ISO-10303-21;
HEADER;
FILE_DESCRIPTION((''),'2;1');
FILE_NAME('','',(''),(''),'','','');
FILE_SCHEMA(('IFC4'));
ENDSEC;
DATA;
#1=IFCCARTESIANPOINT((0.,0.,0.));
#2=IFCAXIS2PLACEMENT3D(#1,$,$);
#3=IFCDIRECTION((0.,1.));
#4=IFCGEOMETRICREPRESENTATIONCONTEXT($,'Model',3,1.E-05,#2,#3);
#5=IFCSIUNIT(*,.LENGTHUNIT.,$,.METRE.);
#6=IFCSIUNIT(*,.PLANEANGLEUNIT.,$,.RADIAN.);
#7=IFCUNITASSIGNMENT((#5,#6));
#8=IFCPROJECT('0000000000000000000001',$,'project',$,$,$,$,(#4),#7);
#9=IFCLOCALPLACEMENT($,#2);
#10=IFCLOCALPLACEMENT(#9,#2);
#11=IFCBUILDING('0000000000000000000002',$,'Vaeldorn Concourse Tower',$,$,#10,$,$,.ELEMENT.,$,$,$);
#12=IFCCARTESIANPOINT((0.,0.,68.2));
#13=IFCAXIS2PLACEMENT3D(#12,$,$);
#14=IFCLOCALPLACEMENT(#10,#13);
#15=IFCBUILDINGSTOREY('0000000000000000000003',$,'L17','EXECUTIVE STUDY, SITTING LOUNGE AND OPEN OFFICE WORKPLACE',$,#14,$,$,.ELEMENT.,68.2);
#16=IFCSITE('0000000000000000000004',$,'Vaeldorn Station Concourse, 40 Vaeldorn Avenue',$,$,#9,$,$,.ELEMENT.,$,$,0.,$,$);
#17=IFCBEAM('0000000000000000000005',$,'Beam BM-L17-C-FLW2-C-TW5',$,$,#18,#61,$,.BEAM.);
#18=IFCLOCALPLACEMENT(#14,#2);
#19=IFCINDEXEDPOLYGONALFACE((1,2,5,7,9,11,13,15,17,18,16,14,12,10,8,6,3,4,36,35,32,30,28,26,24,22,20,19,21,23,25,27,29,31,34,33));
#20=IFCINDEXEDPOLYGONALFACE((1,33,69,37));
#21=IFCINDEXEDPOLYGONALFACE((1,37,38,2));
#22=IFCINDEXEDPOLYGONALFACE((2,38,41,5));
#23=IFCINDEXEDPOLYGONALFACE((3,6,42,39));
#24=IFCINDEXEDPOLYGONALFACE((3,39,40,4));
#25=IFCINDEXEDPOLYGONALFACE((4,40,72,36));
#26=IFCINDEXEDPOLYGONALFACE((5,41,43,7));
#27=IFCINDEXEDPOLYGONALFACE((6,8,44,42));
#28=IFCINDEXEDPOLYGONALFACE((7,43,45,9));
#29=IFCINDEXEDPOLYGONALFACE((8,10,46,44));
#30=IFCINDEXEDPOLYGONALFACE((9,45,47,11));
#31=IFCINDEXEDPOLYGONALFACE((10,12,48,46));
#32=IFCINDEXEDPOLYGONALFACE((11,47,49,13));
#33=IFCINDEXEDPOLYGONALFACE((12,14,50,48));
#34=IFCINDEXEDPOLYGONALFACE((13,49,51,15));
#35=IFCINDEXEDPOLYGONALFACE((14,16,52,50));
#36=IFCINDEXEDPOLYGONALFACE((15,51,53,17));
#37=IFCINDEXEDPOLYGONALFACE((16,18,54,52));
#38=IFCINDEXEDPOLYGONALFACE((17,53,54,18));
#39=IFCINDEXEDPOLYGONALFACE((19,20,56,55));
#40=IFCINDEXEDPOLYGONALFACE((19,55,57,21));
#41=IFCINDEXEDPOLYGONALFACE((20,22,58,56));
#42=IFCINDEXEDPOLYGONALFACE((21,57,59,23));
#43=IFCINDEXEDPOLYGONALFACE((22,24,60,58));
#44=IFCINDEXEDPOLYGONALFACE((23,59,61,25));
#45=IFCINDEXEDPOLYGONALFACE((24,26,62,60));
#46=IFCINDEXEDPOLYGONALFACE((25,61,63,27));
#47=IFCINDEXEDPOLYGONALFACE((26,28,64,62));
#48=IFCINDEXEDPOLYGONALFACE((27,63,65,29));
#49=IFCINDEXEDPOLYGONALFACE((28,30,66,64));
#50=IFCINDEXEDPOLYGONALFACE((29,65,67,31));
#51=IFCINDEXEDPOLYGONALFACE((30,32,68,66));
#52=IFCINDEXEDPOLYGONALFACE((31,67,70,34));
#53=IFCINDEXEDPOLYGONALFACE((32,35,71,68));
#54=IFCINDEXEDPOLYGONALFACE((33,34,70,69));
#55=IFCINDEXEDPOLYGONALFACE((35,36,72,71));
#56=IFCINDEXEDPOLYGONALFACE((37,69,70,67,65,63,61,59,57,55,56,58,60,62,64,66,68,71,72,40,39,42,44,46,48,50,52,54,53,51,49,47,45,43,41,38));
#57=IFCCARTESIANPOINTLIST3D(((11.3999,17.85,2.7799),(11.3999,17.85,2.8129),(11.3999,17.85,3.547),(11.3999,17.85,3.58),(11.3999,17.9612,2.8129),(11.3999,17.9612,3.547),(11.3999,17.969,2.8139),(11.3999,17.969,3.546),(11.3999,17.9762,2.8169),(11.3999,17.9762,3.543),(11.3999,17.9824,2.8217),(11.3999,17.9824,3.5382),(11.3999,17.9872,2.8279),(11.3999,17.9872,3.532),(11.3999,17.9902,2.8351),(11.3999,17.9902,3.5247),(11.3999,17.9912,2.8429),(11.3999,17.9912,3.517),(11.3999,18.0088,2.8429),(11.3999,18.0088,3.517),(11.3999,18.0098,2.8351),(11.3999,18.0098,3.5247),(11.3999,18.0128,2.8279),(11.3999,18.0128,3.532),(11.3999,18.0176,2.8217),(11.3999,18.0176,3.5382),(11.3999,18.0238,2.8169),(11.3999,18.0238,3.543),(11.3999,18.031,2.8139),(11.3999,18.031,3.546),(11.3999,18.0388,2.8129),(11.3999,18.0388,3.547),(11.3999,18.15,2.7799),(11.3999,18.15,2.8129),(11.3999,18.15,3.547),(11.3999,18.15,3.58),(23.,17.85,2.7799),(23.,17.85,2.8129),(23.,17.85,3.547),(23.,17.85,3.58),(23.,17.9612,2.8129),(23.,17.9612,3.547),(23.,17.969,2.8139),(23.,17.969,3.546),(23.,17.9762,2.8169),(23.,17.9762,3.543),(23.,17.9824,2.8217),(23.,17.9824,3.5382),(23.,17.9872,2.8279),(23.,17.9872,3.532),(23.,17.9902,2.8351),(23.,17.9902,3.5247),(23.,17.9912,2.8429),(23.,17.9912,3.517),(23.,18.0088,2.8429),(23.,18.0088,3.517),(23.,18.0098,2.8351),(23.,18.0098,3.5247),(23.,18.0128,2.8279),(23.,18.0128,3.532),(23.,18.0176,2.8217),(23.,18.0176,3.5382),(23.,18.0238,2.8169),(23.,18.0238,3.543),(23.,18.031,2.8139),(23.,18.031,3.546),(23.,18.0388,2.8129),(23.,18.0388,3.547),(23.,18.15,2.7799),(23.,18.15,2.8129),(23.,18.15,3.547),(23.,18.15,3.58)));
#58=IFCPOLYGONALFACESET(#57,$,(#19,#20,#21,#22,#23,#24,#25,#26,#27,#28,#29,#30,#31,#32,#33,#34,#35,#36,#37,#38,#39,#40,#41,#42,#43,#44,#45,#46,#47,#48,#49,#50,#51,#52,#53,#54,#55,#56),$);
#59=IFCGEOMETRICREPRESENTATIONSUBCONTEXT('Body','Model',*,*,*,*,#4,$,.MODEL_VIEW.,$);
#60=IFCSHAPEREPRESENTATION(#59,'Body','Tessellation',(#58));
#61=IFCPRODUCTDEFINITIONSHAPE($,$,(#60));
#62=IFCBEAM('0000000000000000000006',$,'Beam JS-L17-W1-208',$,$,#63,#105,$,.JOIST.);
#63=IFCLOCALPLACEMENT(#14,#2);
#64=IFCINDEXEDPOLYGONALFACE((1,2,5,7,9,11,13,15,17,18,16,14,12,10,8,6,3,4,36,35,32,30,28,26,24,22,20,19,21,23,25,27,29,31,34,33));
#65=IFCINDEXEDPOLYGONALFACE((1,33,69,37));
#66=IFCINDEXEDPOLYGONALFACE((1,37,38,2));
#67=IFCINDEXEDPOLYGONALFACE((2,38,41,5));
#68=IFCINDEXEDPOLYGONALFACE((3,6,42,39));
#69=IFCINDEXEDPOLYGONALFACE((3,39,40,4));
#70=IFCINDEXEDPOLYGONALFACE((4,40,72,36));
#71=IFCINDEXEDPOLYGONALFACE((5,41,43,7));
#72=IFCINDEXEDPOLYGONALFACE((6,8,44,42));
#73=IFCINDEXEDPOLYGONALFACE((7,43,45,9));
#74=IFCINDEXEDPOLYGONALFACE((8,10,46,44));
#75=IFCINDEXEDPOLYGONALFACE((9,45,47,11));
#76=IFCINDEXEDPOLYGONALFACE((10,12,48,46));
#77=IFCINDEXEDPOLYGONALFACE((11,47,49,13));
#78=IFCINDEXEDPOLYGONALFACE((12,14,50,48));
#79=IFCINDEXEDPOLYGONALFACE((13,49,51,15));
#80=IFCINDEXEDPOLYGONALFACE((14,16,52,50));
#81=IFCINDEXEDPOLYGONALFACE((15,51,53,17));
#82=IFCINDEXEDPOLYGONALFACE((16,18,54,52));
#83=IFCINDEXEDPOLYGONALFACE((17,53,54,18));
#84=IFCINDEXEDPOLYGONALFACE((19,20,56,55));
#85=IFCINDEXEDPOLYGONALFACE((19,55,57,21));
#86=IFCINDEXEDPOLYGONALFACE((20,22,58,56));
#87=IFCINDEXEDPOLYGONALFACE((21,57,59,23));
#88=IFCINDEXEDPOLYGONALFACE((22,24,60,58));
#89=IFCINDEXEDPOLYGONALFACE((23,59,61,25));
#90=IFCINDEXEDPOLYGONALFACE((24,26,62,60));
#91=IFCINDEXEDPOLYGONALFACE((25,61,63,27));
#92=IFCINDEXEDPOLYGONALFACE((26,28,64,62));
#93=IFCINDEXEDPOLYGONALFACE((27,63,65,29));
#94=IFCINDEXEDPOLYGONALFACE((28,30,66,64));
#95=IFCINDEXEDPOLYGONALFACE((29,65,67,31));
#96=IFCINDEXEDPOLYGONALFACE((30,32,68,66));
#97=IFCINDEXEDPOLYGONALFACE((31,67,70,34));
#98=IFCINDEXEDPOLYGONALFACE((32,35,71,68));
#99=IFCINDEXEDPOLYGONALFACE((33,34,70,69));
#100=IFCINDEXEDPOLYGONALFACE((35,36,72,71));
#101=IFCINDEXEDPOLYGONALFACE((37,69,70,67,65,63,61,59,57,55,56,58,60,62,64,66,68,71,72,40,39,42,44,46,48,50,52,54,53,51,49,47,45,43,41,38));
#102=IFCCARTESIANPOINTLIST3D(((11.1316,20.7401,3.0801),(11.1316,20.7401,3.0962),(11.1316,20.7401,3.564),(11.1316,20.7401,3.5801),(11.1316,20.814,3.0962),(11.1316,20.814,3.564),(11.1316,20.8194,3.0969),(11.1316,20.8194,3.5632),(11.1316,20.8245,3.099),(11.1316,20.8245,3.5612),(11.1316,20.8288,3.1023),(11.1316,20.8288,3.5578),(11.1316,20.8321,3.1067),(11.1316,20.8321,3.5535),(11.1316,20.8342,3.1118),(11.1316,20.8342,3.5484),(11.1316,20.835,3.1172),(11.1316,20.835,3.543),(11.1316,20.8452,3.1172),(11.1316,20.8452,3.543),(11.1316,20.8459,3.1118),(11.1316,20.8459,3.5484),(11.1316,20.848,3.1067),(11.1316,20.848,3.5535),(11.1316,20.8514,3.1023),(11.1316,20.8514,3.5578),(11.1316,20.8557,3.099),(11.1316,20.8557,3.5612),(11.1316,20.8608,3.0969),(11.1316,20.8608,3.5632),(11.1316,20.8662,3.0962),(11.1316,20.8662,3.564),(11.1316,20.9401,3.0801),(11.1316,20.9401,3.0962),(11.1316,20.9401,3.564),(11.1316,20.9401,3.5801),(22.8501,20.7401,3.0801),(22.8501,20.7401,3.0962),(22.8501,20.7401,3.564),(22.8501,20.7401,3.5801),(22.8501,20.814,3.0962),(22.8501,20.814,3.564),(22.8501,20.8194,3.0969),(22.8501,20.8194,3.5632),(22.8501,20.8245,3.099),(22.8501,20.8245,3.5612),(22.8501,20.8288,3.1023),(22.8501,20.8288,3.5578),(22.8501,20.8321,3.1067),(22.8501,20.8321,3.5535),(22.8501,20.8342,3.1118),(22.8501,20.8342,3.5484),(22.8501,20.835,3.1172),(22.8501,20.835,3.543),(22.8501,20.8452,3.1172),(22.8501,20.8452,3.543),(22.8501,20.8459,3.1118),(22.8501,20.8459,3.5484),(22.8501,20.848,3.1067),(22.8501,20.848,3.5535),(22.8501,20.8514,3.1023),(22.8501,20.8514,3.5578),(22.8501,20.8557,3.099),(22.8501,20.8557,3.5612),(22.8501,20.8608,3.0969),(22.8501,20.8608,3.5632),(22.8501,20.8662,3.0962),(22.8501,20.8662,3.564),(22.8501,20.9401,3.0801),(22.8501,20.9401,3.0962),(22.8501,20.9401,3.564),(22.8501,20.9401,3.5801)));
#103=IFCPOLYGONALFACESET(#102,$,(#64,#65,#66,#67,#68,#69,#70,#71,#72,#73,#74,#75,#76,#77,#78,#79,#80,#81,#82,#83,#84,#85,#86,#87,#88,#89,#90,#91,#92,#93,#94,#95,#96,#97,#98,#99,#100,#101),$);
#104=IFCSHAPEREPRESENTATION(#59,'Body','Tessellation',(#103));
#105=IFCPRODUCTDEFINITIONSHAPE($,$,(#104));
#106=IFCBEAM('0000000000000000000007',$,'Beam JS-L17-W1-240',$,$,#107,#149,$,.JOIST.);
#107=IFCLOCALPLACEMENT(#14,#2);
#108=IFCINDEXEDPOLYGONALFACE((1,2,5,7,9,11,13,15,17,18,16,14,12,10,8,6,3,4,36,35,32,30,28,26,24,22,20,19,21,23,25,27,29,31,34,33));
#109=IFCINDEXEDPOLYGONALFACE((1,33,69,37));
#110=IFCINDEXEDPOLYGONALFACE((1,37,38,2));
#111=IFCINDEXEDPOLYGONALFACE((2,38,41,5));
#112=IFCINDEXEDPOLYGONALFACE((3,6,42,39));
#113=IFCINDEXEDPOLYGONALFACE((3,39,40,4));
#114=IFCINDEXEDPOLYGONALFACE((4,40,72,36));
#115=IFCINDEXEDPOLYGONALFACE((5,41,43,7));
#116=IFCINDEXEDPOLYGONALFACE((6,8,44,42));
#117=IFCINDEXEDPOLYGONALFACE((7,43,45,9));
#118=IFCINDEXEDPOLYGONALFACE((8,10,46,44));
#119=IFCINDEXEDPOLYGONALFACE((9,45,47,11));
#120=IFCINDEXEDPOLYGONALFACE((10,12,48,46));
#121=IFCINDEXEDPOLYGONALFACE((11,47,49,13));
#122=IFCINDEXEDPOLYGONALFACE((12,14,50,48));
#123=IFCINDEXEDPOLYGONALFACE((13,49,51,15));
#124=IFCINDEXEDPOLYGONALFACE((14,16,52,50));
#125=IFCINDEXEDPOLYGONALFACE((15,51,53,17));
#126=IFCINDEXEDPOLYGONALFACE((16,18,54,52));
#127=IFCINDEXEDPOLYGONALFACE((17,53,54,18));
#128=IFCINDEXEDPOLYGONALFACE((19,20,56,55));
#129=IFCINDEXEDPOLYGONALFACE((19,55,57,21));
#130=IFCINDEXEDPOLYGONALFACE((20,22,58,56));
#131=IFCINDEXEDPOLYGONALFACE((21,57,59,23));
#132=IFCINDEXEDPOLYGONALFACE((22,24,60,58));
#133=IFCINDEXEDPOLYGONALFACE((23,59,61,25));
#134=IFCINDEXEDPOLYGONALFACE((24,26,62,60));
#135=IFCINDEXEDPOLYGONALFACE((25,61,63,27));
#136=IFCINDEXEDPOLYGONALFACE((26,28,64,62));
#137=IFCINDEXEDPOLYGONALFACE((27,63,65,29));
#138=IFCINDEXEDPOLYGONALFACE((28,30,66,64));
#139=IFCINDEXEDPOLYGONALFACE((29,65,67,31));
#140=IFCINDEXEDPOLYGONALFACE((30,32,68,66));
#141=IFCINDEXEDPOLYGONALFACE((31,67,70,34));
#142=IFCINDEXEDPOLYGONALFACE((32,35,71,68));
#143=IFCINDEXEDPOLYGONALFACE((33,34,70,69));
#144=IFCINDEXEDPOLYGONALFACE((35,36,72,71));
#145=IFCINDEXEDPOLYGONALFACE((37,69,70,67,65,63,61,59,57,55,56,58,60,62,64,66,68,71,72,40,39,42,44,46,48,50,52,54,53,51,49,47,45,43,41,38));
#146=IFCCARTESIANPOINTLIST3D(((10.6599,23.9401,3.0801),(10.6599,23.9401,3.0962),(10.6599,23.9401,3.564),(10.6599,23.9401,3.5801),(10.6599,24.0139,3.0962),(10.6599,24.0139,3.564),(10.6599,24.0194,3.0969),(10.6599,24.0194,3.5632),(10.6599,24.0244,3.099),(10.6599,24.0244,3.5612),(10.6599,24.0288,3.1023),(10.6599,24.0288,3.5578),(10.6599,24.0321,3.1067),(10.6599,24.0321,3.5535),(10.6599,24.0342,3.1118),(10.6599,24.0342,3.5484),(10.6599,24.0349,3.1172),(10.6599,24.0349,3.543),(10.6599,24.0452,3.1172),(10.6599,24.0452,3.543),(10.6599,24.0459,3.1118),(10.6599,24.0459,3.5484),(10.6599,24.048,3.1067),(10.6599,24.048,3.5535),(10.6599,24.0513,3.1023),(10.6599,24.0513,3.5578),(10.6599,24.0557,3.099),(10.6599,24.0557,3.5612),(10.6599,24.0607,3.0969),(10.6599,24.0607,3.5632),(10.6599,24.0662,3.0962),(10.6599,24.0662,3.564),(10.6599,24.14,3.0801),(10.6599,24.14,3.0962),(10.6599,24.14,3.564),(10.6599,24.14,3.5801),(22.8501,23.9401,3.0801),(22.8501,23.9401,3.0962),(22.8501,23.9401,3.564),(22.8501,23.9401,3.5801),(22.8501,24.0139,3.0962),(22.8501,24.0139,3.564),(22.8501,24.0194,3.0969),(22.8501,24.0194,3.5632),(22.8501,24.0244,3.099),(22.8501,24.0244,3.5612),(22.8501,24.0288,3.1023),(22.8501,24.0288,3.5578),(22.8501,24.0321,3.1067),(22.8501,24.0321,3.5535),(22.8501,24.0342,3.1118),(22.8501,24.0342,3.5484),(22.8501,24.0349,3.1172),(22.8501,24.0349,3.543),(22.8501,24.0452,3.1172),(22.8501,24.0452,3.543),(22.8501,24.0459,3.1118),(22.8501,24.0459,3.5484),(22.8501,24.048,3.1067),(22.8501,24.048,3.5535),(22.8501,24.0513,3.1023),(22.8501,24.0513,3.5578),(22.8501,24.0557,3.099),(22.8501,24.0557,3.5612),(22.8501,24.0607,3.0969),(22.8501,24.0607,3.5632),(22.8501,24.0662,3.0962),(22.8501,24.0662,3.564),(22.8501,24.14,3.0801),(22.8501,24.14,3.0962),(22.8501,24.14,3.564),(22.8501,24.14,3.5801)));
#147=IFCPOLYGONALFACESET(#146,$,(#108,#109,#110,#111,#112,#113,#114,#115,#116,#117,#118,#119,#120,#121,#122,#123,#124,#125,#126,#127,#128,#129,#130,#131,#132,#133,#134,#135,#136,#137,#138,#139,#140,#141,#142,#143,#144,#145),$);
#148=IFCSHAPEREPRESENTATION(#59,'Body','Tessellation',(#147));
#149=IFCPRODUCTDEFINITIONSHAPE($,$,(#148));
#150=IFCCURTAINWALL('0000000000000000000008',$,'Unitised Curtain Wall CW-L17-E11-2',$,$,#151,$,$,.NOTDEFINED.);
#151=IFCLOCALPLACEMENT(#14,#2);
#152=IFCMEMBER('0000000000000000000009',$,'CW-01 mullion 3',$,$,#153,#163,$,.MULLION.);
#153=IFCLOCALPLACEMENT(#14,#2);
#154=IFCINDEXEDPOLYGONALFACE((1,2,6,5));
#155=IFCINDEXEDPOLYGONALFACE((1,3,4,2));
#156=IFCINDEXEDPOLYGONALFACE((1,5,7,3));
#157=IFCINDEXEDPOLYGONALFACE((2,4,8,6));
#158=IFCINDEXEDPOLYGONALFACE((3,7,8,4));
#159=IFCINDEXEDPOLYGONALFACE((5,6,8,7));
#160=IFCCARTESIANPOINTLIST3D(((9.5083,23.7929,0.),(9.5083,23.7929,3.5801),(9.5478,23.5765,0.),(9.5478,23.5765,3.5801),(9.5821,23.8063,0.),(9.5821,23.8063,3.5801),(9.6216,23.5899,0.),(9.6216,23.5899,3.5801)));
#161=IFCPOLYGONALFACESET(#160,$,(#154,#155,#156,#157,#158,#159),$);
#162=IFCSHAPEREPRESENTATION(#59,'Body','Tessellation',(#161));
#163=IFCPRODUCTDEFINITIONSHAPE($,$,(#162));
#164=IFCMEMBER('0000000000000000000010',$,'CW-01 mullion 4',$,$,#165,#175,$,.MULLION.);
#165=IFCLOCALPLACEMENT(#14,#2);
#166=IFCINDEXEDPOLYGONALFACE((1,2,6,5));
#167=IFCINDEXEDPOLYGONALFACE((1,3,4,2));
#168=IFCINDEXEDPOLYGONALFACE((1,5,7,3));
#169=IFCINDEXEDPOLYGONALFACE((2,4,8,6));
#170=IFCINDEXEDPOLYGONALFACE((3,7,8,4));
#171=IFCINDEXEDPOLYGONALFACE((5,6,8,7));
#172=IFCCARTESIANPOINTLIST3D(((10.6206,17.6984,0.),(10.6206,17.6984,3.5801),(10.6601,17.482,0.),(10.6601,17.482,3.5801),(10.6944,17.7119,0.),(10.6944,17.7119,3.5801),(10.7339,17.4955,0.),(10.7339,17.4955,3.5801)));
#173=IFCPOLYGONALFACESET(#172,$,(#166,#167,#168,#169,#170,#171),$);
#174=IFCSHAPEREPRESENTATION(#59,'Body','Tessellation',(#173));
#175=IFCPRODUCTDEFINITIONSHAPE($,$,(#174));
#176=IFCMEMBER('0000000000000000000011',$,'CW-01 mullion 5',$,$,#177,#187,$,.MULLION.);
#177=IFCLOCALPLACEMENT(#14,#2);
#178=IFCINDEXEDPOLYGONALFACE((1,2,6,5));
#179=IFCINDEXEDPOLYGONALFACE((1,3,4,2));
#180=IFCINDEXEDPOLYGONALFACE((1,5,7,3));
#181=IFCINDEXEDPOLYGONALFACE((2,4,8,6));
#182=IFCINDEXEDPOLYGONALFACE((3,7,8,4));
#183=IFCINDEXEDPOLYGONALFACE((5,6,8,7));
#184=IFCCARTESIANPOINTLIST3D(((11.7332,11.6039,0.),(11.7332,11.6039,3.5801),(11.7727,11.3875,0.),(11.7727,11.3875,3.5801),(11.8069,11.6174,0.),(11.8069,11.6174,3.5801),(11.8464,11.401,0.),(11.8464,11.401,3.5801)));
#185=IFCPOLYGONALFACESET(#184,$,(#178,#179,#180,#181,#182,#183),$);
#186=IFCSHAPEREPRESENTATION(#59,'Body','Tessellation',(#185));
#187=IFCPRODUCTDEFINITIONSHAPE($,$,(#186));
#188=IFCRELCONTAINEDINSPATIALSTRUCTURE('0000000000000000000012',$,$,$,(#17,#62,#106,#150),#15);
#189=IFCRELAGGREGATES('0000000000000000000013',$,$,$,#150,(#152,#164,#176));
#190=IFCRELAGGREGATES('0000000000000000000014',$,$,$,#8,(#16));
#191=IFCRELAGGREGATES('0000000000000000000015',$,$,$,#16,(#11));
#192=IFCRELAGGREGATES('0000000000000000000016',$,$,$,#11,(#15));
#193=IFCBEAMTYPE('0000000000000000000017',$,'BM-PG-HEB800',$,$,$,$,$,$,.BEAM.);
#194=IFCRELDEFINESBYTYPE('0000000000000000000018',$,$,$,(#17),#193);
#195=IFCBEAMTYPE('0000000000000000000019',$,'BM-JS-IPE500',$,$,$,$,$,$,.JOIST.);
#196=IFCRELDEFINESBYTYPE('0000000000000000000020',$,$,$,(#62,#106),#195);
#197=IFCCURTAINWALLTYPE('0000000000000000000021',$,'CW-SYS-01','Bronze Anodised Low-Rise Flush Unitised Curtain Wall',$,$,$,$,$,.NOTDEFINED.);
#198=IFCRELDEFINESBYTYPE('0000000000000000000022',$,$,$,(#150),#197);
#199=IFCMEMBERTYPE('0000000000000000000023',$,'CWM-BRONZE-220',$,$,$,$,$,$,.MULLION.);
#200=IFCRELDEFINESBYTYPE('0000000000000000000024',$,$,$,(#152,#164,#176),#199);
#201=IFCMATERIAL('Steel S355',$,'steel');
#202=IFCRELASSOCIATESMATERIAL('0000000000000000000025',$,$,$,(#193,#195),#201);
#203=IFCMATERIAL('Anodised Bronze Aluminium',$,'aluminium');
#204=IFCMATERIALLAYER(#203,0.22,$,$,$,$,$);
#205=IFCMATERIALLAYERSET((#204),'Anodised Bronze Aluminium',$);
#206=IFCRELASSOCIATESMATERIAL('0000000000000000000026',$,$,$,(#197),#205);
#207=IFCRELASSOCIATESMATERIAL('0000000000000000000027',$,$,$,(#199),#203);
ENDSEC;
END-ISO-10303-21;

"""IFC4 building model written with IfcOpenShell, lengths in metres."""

from ifc_helpers import new_model, si_unit, direction, frame, origin, origin_2d, place, context, subcontext, project, spatial, rectangle, i_section, extrude, source, transform, mapped, material, layer, layer_set, material_profile, profile_set, type_object, element, aggregate, save


model = new_model("IFC4")

# Units and contexts
model_context = context("Model", 3, precision=1e-05, world=origin(), true_north=direction((0.0, 1.0)))
body_context = subcontext(model_context, "Body", "Model", "MODEL_VIEW")
ifc_project = project(units=[si_unit("LENGTHUNIT", "METRE"), si_unit("PLANEANGLEUNIT", "RADIAN")], contexts=[model_context])

# Site, building, storey
site_placement = place(None, origin())
site = spatial("IfcSite", under=ifc_project, at=site_placement, Name="Vaeldorn Station Concourse, 40 Vaeldorn Avenue", CompositionType="ELEMENT", RefElevation=0.0)
building_placement = place(site_placement, origin())
building = spatial("IfcBuilding", under=site, at=building_placement, Name="Vaeldorn Concourse Tower", CompositionType="ELEMENT")
storey_placement = place(building_placement, frame((0.0, 0.0, 68.2)))
storey = spatial("IfcBuildingStorey", under=building, at=storey_placement, Name="L17", Description="EXECUTIVE STUDY, SITTING LOUNGE AND OPEN OFFICE WORKPLACE", CompositionType="ELEMENT", Elevation=68.2)

# Beams
ifc_material_1 = material(Name="Steel S355", Category="steel")
ifc_material_profile_1 = material_profile(ifc_material_1, i_section(OverallWidth=0.3, OverallDepth=0.8, WebThickness=0.0176, FlangeThickness=0.033, FilletRadius=0.03, at=origin_2d()), Name="HEB 800")
ifc_profile_set_1 = profile_set([ifc_material_profile_1], Name="Steel S355")
beam_type_1 = type_object("IfcBeamType", Name="BM-PG-HEB800", PredefinedType="BEAM", material=ifc_profile_set_1)
shared_shape_1 = source(origin(), body_context, "Body", "SweptSolid", [
    extrude(i_section(OverallWidth=0.3, OverallDepth=0.8, WebThickness=0.0176, FlangeThickness=0.033, FilletRadius=0.03, at=origin_2d()), origin(), (0.0, 0.0, 1.0), 11.6001),
])
beam_1_placement = place(storey_placement, frame((11.3999, 18.0, 3.1799), z_axis=(1.0, 0.0, 0.0), x_axis=(0.0, 1.0, 0.0)))
element("IfcBeam", 1, at=beam_1_placement, inside=storey, type_object=beam_type_1, Name="Beam BM-L17-C-FLW2-C-TW5", PredefinedType="BEAM", context=body_context, shape_type="MappedRepresentation", body=[
    mapped(shared_shape_1, transform((0.0, 0.0, 0.0), scale=1.0)),
])
ifc_material_profile_2 = material_profile(ifc_material_1, i_section(OverallWidth=0.2, OverallDepth=0.5, WebThickness=0.0103, FlangeThickness=0.0161, FilletRadius=0.021, at=origin_2d()), Name="IPE 500")
ifc_profile_set_2 = profile_set([ifc_material_profile_2], Name="Steel S355")
beam_type_2 = type_object("IfcBeamType", Name="BM-JS-IPE500", PredefinedType="JOIST", material=ifc_profile_set_2)
shared_shape_2 = source(origin(), body_context, "Body", "SweptSolid", [
    extrude(i_section(OverallWidth=0.2, OverallDepth=0.5, WebThickness=0.0103, FlangeThickness=0.0161, FilletRadius=0.021, at=origin_2d()), origin(), (0.0, 0.0, 1.0), 11.7185),
])
beam_2_placement = place(storey_placement, frame((11.1316, 20.8401, 3.3301), z_axis=(1.0, 0.0, 0.0), x_axis=(0.0, 1.0, 0.0)))
element("IfcBeam", 2, at=beam_2_placement, inside=storey, type_object=beam_type_2, Name="Beam JS-L17-W1-208", PredefinedType="JOIST", context=body_context, shape_type="MappedRepresentation", body=[
    mapped(shared_shape_2, transform((0.0, 0.0, 0.0), scale=1.0)),
])
shared_shape_3 = source(origin(), body_context, "Body", "SweptSolid", [
    extrude(i_section(OverallWidth=0.2, OverallDepth=0.5, WebThickness=0.0103, FlangeThickness=0.0161, FilletRadius=0.021, at=origin_2d()), origin(), (0.0, 0.0, 1.0), 12.1902),
])
beam_3_placement = place(storey_placement, frame((10.6599, 24.04, 3.3301), z_axis=(1.0, 0.0, 0.0), x_axis=(0.0, 1.0, 0.0)))
element("IfcBeam", 3, at=beam_3_placement, inside=storey, type_object=beam_type_2, Name="Beam JS-L17-W1-240", PredefinedType="JOIST", context=body_context, shape_type="MappedRepresentation", body=[
    mapped(shared_shape_3, transform((0.0, 0.0, 0.0), scale=1.0)),
])

# Curtain wall, members
ifc_material_2 = material(Name="Anodised Bronze Aluminium", Category="aluminium")
ifc_layer_1 = layer(ifc_material_2, 0.22)
ifc_layer_set_1 = layer_set([ifc_layer_1], Name="Anodised Bronze Aluminium")
curtain_wall_type = type_object("IfcCurtainWallType", Name="CW-SYS-01", Description="Bronze Anodised Low-Rise Flush Unitised Curtain Wall", PredefinedType="NOTDEFINED", material=ifc_layer_set_1)
curtain_wall_placement = place(storey_placement, origin())
curtain_wall = element("IfcCurtainWall", 4, at=curtain_wall_placement, inside=storey, type_object=curtain_wall_type, Name="Unitised Curtain Wall CW-L17-E11-2", PredefinedType="NOTDEFINED")
ifc_material_profile_3 = material_profile(ifc_material_2, rectangle(XDim=0.075, YDim=0.22, at=origin_2d()), Name="CWM 75x220")
ifc_profile_set_3 = profile_set([ifc_material_profile_3], Name="Anodised Bronze Aluminium")
member_type_1 = type_object("IfcMemberType", Name="CWM-BRONZE-220", PredefinedType="MULLION", material=ifc_profile_set_3)
shared_shape_4 = source(origin(), body_context, "Body", "SweptSolid", [
    extrude(rectangle(XDim=0.075, YDim=0.22, at=origin_2d()), origin(), (0.0, 0.0, 1.0), 3.5801),
])
member_1_placement = place(storey_placement, frame((9.5649, 23.6914, 0.0), z_axis=(0.0, 0.0, 1.0), x_axis=(0.983746, 0.179565, 0.0)))
member_1 = element("IfcMember", 5, at=member_1_placement, type_object=member_type_1, Name="CW-01 mullion 3", PredefinedType="MULLION", context=body_context, shape_type="MappedRepresentation", body=[
    mapped(shared_shape_4, transform((0.0, 0.0, 0.0), scale=1.0)),
])
member_2_placement = place(storey_placement, frame((10.6772, 17.5969, 0.0), z_axis=(0.0, 0.0, 1.0), x_axis=(0.983746, 0.179565, 0.0)))
member_2 = element("IfcMember", 6, at=member_2_placement, type_object=member_type_1, Name="CW-01 mullion 4", PredefinedType="MULLION", context=body_context, shape_type="MappedRepresentation", body=[
    mapped(shared_shape_4, transform((0.0, 0.0, 0.0), scale=1.0)),
])
member_3_placement = place(storey_placement, frame((11.7898, 11.5024, 0.0), z_axis=(0.0, 0.0, 1.0), x_axis=(0.983746, 0.179565, 0.0)))
member_3 = element("IfcMember", 7, at=member_3_placement, type_object=member_type_1, Name="CW-01 mullion 5", PredefinedType="MULLION", context=body_context, shape_type="MappedRepresentation", body=[
    mapped(shared_shape_4, transform((0.0, 0.0, 0.0), scale=1.0)),
])
aggregate(curtain_wall, [member_1, member_2, member_3])

save(model, "model.ifc")
